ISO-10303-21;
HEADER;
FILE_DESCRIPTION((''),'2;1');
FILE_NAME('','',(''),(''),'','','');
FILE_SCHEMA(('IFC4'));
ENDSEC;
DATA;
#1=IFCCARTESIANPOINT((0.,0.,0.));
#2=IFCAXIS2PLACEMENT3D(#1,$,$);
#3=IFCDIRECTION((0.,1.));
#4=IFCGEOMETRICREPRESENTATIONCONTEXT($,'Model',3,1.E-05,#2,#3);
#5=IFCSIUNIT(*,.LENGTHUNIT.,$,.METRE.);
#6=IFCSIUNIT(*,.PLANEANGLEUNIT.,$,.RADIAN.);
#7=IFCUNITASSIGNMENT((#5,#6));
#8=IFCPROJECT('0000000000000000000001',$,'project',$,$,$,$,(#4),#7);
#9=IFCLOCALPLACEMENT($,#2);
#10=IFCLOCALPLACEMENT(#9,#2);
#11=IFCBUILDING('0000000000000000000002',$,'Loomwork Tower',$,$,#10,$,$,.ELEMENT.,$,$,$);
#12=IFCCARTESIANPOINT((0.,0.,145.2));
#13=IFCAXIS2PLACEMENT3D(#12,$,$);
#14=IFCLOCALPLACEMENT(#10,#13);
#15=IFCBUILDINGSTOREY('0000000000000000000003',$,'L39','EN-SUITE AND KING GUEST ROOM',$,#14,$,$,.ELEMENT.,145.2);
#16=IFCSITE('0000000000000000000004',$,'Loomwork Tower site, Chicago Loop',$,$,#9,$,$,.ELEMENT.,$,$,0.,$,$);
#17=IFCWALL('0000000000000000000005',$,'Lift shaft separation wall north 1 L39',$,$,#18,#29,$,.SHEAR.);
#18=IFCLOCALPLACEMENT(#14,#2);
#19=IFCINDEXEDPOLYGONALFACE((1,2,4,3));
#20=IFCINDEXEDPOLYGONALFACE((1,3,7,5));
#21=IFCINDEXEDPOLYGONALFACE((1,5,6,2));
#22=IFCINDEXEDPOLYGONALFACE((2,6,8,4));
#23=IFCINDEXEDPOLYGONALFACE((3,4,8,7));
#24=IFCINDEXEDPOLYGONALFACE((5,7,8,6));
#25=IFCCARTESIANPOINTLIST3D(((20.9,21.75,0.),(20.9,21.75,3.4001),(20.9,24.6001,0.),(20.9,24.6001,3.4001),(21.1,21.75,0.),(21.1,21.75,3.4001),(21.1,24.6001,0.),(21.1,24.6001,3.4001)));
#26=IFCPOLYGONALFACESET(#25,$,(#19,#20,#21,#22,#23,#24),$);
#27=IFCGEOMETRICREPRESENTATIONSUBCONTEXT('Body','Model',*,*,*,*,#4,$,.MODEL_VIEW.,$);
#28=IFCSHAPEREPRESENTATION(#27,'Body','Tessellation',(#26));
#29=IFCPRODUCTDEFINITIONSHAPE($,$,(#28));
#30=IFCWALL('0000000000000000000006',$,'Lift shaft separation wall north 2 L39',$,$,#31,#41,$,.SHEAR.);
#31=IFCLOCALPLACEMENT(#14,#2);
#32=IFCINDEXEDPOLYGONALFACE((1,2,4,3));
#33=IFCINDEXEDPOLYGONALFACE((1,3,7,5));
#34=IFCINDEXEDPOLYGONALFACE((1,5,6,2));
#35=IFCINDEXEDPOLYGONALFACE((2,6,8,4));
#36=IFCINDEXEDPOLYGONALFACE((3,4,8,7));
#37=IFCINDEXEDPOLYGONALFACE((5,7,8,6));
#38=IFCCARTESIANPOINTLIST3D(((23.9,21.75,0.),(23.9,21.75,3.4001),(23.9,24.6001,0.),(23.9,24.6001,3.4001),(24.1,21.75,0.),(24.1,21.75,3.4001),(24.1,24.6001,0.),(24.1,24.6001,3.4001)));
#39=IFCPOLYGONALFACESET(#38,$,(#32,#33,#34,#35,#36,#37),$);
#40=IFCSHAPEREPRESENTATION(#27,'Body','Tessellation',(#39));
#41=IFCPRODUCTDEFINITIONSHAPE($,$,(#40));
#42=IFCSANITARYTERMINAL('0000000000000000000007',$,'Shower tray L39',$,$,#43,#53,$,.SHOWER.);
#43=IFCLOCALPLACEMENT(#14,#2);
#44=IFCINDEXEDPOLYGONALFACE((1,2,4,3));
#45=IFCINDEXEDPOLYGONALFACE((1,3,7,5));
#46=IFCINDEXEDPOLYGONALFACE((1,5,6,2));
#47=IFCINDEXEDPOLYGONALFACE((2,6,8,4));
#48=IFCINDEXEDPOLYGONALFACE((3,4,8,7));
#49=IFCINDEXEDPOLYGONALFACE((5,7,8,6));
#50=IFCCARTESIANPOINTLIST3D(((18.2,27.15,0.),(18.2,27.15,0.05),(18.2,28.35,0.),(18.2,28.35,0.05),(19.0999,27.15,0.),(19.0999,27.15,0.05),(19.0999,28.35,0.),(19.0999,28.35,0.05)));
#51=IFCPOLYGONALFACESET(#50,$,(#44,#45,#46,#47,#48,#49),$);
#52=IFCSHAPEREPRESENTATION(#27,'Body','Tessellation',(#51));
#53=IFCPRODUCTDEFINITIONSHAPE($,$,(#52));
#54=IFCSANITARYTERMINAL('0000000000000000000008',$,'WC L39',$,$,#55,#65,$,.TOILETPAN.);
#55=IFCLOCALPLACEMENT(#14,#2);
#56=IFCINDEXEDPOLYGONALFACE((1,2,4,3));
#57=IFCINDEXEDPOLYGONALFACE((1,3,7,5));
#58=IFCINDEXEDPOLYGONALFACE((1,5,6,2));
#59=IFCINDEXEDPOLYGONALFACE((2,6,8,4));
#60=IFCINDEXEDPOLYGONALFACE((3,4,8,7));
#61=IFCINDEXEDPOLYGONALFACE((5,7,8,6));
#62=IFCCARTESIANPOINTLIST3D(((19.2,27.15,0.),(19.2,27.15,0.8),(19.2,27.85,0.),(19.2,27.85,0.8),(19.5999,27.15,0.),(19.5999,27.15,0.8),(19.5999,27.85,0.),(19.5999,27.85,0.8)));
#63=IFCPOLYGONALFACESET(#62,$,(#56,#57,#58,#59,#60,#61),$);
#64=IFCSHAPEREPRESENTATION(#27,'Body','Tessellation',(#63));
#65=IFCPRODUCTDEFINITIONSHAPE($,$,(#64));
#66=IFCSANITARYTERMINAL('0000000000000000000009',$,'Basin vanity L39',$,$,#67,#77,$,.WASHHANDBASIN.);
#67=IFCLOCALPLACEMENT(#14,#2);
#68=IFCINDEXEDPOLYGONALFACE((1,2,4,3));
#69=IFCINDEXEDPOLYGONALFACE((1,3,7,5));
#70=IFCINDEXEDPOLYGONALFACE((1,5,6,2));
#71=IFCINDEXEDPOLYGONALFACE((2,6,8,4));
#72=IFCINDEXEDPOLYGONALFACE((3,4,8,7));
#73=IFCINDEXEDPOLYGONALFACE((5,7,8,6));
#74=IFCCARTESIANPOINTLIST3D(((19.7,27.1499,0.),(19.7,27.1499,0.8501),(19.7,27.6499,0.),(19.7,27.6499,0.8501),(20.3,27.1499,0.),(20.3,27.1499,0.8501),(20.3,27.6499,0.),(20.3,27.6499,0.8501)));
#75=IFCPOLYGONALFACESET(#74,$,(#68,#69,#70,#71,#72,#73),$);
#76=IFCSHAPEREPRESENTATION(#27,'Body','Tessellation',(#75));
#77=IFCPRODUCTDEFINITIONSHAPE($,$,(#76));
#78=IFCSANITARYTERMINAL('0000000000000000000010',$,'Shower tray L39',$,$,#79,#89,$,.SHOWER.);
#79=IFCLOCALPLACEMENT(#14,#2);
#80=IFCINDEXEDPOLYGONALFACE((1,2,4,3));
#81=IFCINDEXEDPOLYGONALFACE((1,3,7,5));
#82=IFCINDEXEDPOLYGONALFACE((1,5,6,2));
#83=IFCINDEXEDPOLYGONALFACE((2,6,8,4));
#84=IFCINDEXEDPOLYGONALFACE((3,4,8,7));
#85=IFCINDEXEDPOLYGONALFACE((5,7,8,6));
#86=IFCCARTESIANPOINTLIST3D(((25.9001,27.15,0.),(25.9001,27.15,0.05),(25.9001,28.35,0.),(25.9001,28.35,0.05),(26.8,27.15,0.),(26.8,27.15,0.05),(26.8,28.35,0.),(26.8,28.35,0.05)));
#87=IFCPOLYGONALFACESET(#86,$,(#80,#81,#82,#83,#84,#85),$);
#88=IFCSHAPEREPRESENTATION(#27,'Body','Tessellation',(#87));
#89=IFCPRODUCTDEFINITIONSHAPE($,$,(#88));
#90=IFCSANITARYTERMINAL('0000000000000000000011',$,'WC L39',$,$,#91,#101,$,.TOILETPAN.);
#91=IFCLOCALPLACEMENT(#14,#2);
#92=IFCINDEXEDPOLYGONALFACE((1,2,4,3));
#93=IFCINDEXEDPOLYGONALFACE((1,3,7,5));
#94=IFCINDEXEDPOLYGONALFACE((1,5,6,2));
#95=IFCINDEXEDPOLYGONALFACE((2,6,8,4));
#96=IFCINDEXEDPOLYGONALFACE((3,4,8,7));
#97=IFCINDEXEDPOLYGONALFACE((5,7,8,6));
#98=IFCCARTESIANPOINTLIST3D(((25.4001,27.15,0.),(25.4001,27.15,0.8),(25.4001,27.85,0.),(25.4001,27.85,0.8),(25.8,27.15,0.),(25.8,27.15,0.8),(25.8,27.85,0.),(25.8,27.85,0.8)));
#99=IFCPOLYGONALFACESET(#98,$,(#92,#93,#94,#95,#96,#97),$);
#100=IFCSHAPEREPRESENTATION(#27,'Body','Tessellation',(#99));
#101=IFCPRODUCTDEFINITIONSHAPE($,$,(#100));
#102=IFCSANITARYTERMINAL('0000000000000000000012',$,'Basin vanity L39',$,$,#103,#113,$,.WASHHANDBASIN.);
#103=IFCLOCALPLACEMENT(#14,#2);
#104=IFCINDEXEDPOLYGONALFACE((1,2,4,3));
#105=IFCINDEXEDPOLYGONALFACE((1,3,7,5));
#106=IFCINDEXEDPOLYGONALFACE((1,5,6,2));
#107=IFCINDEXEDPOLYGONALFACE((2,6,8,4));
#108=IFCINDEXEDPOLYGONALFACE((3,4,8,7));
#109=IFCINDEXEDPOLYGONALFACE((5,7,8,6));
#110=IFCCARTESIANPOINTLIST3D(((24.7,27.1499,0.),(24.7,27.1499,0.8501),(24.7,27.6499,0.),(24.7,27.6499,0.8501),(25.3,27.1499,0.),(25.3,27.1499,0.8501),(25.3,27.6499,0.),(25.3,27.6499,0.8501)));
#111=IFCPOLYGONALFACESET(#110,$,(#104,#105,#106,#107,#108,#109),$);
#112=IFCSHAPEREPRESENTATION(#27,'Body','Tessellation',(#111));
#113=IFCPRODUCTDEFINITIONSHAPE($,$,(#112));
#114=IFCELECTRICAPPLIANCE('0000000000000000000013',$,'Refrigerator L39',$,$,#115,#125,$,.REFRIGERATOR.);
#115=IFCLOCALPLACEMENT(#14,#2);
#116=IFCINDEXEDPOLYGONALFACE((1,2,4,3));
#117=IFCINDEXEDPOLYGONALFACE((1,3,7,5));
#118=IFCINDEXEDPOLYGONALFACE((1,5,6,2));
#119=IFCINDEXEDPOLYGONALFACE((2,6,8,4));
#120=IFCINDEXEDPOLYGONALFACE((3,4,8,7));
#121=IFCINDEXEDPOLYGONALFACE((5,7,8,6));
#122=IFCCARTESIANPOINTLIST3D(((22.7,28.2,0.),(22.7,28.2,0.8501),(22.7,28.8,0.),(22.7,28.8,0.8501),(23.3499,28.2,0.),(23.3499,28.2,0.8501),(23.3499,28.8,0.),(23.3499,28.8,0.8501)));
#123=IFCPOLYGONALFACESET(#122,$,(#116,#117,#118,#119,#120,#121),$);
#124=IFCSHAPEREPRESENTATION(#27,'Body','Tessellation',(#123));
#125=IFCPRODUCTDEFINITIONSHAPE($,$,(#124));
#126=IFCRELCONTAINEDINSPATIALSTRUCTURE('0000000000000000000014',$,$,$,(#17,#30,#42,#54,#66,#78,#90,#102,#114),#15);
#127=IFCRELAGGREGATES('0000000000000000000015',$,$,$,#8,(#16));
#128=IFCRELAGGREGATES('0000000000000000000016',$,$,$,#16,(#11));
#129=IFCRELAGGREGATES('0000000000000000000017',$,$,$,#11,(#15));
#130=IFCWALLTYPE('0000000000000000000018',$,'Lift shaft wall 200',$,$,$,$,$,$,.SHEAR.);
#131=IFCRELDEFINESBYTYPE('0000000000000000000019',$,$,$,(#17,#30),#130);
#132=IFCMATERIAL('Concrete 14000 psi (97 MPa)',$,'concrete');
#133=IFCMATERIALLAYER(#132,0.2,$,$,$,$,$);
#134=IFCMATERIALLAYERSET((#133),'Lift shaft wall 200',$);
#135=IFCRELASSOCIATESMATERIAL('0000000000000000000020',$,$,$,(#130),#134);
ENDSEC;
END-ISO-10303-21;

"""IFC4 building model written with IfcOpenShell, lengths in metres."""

from ifc_helpers import new_model, si_unit, direction, frame, frame_2d, origin, origin_2d, place, context, subcontext, project, spatial, rectangle, extrude, material, layer, layer_set, type_object, element, save


model = new_model("IFC4")

# Units and contexts
model_context = context("Model", 3, precision=1e-05, world=origin(), true_north=direction((0.0, 1.0)))
body_context = subcontext(model_context, "Body", "Model", "MODEL_VIEW")
ifc_project = project(units=[si_unit("LENGTHUNIT", "METRE"), si_unit("PLANEANGLEUNIT", "RADIAN")], contexts=[model_context])

# Site, building, storey
site_placement = place(None, origin())
site = spatial("IfcSite", under=ifc_project, at=site_placement, Name="Loomwork Tower site, Chicago Loop", CompositionType="ELEMENT", RefElevation=0.0)
building_placement = place(site_placement, origin())
building = spatial("IfcBuilding", under=site, at=building_placement, Name="Loomwork Tower", CompositionType="ELEMENT")
storey_placement = place(building_placement, frame((0.0, 0.0, 145.2)))
storey = spatial("IfcBuildingStorey", under=building, at=storey_placement, Name="L39", Description="EN-SUITE AND KING GUEST ROOM", CompositionType="ELEMENT", Elevation=145.2)

# Walls
ifc_material_1 = material(Name="Concrete 14000 psi (97 MPa)", Category="concrete")
ifc_layer_1 = layer(ifc_material_1, 0.2)
ifc_layer_set_1 = layer_set([ifc_layer_1], Name="Lift shaft wall 200")
wall_type_1 = type_object("IfcWallType", Name="Lift shaft wall 200", PredefinedType="SHEAR", material=ifc_layer_set_1)
for number, where, z_axis, x_axis, name in (
    (1, (21.0, 21.75, 0.0), (0.0, 0.0, 1.0), (0.0, 1.0, 0.0), "Lift shaft separation wall north 1 L39"),
    (2, (24.0, 21.75, 0.0), (0.0, 0.0, 1.0), (0.0, 1.0, 0.0), "Lift shaft separation wall north 2 L39"),
):
    element("IfcWall", number, at=place(storey_placement, frame(where, z_axis=z_axis, x_axis=x_axis)), inside=storey, type_object=wall_type_1, Name=name, PredefinedType="SHEAR", context=body_context, shape_type="SweptSolid", body=[
        extrude(rectangle(XDim=2.8501, YDim=0.2, at=frame_2d((1.425, 0.0))), origin(), (0.0, 0.0, 1.0), 3.4001),
    ])

# Sanitary terminals
sanitary_terminal_1_placement = place(storey_placement, frame((18.6499, 27.75, 0.0), z_axis=(0.0, 0.0, 1.0), x_axis=(1.0, 0.0, 0.0)))
element("IfcSanitaryTerminal", 3, at=sanitary_terminal_1_placement, inside=storey, Name="Shower tray L39", PredefinedType="SHOWER", context=body_context, shape_type="SweptSolid", body=[
    extrude(rectangle(XDim=0.8999, YDim=1.2, at=origin_2d()), origin(), (0.0, 0.0, 1.0), 0.05),
])
sanitary_terminal_2_placement = place(storey_placement, frame((19.3999, 27.5, 0.0), z_axis=(0.0, 0.0, 1.0), x_axis=(1.0, 0.0, 0.0)))
element("IfcSanitaryTerminal", 4, at=sanitary_terminal_2_placement, inside=storey, Name="WC L39", PredefinedType="TOILETPAN", context=body_context, shape_type="SweptSolid", body=[
    extrude(rectangle(XDim=0.3999, YDim=0.7, at=origin_2d()), origin(), (0.0, 0.0, 1.0), 0.8),
])
sanitary_terminal_3_placement = place(storey_placement, frame((20.0, 27.3999, 0.0), z_axis=(0.0, 0.0, 1.0), x_axis=(1.0, 0.0, 0.0)))
element("IfcSanitaryTerminal", 5, at=sanitary_terminal_3_placement, inside=storey, Name="Basin vanity L39", PredefinedType="WASHHANDBASIN", context=body_context, shape_type="SweptSolid", body=[
    extrude(rectangle(XDim=0.6001, YDim=0.5, at=origin_2d()), origin(), (0.0, 0.0, 1.0), 0.8501),
])
sanitary_terminal_4_placement = place(storey_placement, frame((26.3501, 27.75, 0.0), z_axis=(0.0, 0.0, 1.0), x_axis=(1.0, 0.0, 0.0)))
element("IfcSanitaryTerminal", 6, at=sanitary_terminal_4_placement, inside=storey, Name="Shower tray L39", PredefinedType="SHOWER", context=body_context, shape_type="SweptSolid", body=[
    extrude(rectangle(XDim=0.8999, YDim=1.2, at=origin_2d()), origin(), (0.0, 0.0, 1.0), 0.05),
])
sanitary_terminal_5_placement = place(storey_placement, frame((25.6001, 27.5, 0.0), z_axis=(0.0, 0.0, 1.0), x_axis=(1.0, 0.0, 0.0)))
element("IfcSanitaryTerminal", 7, at=sanitary_terminal_5_placement, inside=storey, Name="WC L39", PredefinedType="TOILETPAN", context=body_context, shape_type="SweptSolid", body=[
    extrude(rectangle(XDim=0.3999, YDim=0.7, at=origin_2d()), origin(), (0.0, 0.0, 1.0), 0.8),
])
sanitary_terminal_6_placement = place(storey_placement, frame((25.0, 27.3999, 0.0), z_axis=(0.0, 0.0, 1.0), x_axis=(1.0, 0.0, 0.0)))
element("IfcSanitaryTerminal", 8, at=sanitary_terminal_6_placement, inside=storey, Name="Basin vanity L39", PredefinedType="WASHHANDBASIN", context=body_context, shape_type="SweptSolid", body=[
    extrude(rectangle(XDim=0.6001, YDim=0.5, at=origin_2d()), origin(), (0.0, 0.0, 1.0), 0.8501),
])

# Electric appliance
electric_appliance_placement = place(storey_placement, frame((23.0249, 28.5, 0.0), z_axis=(0.0, 0.0, 1.0), x_axis=(1.0, 0.0, 0.0)))
element("IfcElectricAppliance", 9, at=electric_appliance_placement, inside=storey, Name="Refrigerator L39", PredefinedType="REFRIGERATOR", context=body_context, shape_type="SweptSolid", body=[
    extrude(rectangle(XDim=0.6499, YDim=0.6001, at=origin_2d()), origin(), (0.0, 0.0, 1.0), 0.8501),
])

save(model, "model.ifc")
